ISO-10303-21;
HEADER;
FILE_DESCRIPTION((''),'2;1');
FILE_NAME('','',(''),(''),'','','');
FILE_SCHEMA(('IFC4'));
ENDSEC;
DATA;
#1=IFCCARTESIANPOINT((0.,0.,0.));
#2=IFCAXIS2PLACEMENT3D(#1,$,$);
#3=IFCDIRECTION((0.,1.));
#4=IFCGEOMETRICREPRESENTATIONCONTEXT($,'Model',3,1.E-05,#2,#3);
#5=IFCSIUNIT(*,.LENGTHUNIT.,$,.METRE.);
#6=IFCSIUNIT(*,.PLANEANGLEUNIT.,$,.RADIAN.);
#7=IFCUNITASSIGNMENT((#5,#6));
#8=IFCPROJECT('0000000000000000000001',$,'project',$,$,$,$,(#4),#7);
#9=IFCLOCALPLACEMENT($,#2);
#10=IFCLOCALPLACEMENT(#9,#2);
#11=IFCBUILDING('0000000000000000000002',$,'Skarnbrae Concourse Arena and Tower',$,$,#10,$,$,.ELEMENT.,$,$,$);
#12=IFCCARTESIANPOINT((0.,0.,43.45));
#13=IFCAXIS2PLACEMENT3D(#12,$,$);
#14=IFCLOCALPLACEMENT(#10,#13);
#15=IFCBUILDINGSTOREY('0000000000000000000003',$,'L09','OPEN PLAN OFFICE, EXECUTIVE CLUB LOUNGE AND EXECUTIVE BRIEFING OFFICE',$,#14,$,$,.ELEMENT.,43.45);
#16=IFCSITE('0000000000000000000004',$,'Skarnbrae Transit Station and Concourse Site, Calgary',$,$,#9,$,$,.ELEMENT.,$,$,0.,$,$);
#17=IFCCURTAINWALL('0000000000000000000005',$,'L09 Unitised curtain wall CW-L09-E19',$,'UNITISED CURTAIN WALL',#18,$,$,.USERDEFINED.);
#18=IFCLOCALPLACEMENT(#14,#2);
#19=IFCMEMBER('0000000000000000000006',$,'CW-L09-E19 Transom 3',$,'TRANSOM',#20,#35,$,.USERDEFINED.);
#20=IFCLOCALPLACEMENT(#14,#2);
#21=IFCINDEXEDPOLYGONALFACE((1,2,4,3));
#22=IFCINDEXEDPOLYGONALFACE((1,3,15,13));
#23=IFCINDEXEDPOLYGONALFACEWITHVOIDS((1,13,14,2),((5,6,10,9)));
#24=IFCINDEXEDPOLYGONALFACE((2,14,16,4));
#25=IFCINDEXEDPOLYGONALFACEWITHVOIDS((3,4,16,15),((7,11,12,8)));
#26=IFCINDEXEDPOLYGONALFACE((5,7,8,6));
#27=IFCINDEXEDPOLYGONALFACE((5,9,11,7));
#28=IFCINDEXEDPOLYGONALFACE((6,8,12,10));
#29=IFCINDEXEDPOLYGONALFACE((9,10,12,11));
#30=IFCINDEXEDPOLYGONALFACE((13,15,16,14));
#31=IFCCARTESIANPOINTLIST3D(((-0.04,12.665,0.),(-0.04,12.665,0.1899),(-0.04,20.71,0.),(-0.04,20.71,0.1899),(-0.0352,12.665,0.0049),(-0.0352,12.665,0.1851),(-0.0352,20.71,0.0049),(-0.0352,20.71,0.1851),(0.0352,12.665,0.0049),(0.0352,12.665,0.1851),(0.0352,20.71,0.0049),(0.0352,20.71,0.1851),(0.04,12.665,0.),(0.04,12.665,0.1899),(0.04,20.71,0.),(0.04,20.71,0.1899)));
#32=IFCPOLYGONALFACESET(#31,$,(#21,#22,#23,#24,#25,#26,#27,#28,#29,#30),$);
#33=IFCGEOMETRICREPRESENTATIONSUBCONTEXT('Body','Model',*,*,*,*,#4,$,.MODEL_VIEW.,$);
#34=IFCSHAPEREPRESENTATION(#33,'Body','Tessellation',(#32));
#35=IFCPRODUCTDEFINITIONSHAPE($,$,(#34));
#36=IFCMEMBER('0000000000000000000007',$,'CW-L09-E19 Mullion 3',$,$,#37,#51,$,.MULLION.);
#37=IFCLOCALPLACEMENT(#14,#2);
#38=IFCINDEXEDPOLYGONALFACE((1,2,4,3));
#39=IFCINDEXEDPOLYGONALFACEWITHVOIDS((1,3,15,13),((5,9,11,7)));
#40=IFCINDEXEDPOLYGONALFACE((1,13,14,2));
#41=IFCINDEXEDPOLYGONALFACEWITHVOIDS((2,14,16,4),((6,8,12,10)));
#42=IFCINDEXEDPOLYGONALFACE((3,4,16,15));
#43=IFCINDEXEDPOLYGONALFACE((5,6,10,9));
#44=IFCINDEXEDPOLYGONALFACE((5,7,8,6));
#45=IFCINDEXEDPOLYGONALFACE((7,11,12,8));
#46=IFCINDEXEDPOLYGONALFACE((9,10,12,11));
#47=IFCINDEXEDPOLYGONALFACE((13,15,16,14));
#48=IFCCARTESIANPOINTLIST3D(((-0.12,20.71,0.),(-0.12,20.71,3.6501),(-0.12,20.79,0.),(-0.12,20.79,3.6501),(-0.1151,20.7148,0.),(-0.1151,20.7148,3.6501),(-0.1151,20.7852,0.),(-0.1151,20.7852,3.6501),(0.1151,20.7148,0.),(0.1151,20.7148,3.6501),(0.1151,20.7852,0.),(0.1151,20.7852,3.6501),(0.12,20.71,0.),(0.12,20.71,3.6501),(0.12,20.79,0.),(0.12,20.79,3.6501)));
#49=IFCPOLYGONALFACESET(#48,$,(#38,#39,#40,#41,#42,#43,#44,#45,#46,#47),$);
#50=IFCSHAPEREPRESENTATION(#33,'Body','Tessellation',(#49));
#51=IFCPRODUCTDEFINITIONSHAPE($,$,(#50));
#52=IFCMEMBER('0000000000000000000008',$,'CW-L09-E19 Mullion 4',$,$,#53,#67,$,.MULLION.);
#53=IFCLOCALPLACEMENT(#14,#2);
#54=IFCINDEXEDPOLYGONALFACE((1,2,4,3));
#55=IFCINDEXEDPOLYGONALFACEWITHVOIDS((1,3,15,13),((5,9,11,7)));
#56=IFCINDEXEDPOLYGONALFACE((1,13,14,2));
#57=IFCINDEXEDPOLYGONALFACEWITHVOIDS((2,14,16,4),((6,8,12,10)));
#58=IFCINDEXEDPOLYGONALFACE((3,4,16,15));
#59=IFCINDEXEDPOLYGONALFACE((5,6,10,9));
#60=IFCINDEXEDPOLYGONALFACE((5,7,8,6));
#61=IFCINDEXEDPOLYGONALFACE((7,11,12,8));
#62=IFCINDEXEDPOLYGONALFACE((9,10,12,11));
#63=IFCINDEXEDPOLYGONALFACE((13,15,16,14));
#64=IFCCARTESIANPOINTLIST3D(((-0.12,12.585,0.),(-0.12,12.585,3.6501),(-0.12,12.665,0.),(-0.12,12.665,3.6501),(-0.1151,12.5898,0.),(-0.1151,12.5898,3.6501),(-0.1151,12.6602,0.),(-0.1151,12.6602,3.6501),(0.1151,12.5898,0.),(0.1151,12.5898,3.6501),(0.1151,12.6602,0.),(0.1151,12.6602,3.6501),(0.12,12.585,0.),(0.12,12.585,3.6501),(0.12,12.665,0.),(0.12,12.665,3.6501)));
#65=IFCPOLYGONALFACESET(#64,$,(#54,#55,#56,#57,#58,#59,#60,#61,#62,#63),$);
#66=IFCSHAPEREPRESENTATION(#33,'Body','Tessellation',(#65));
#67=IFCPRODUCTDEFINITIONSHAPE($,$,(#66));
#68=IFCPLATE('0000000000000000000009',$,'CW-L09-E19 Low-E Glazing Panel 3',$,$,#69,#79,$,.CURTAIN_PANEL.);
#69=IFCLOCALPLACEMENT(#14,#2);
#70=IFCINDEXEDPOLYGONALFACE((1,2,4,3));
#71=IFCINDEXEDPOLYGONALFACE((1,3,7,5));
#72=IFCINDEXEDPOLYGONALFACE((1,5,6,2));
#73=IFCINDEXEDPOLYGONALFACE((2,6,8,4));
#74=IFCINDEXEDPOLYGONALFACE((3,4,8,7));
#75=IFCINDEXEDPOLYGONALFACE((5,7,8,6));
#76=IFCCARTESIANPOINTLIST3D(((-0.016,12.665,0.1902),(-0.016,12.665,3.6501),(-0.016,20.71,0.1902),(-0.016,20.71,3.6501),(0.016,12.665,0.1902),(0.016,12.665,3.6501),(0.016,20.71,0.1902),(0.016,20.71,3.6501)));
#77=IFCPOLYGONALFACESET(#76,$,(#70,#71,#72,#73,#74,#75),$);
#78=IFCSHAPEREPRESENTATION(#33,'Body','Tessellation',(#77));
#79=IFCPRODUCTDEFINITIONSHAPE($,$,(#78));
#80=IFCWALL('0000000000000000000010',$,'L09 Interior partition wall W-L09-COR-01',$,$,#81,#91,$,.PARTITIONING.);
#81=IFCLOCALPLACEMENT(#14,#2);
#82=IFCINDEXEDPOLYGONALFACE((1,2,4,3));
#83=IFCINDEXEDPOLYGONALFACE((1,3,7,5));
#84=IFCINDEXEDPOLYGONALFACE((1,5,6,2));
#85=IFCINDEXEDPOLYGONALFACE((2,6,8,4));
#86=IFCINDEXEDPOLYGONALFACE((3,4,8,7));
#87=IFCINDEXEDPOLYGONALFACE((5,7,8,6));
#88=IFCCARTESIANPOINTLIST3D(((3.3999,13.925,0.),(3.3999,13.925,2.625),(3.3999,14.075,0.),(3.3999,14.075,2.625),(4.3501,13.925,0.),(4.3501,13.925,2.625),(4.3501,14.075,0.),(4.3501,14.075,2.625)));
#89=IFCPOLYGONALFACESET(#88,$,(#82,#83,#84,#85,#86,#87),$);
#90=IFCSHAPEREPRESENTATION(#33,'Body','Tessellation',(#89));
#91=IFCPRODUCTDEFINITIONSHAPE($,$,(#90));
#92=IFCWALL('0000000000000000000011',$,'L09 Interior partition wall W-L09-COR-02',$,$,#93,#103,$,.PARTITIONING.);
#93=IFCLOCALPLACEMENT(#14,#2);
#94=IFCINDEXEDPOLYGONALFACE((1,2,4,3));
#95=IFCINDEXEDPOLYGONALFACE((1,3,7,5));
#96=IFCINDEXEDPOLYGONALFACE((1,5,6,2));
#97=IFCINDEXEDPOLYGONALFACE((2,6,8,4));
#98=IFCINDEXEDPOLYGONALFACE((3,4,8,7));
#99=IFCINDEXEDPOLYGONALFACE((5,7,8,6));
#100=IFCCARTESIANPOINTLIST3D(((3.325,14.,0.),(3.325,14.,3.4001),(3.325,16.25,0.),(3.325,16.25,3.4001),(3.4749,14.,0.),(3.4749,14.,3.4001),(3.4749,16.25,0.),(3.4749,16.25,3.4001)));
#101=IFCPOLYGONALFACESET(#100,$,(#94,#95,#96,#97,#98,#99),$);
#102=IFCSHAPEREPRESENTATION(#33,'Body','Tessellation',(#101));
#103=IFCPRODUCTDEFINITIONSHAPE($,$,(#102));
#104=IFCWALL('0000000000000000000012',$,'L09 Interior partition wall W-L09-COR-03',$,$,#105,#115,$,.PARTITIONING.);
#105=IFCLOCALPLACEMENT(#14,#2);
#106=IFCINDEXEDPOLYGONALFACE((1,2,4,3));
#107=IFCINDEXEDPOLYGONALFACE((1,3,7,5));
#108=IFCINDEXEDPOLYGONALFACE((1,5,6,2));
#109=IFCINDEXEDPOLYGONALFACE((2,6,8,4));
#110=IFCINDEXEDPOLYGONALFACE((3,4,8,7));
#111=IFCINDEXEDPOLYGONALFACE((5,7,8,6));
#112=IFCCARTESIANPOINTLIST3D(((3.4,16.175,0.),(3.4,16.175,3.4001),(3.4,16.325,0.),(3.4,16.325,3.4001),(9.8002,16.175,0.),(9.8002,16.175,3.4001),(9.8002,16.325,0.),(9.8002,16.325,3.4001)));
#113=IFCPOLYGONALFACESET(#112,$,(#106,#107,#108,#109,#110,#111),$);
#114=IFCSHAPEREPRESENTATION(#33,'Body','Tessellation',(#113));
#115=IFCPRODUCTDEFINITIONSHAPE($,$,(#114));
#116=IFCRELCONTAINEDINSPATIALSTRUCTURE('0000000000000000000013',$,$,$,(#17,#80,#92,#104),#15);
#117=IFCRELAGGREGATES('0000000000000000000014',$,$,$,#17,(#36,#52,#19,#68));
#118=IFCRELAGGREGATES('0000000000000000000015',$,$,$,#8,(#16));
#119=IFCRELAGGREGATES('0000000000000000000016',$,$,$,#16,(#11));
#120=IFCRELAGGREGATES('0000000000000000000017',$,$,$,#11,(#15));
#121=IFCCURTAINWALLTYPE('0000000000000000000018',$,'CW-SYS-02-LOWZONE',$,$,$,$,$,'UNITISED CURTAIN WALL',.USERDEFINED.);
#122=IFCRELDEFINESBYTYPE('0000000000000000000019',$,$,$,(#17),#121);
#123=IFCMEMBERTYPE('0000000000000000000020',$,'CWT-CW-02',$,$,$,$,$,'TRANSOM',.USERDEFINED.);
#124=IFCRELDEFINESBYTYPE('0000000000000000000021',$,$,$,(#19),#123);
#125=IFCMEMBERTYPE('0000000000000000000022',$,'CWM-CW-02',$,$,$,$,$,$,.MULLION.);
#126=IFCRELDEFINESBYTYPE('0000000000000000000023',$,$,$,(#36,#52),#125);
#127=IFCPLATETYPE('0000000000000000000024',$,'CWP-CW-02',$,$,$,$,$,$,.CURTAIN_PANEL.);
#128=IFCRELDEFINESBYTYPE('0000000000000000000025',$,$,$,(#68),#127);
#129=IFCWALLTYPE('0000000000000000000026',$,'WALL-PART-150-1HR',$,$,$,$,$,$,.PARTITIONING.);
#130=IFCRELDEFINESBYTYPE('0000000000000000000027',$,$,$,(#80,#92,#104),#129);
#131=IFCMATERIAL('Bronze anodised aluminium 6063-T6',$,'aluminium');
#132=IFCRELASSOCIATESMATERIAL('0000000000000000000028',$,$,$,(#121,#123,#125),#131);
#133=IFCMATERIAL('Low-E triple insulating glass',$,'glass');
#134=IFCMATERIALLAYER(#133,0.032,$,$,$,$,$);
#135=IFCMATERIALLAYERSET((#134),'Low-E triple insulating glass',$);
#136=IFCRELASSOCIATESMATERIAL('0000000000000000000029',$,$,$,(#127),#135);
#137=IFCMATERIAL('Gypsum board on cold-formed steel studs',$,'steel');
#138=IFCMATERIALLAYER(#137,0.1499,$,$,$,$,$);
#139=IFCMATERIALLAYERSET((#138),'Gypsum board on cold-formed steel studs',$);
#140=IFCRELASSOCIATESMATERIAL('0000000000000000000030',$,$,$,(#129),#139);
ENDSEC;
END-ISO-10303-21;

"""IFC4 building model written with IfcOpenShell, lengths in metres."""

from ifc_helpers import new_model, si_unit, direction, frame, frame_2d, origin, origin_2d, place, context, subcontext, project, spatial, rectangle, hollow_rectangle, extrude, source, transform, mapped, material, layer, layer_set, material_profile, profile_set, type_object, element, aggregate, save


model = new_model("IFC4")

# Units and contexts
model_context = context("Model", 3, precision=1e-05, world=origin(), true_north=direction((0.0, 1.0)))
body_context = subcontext(model_context, "Body", "Model", "MODEL_VIEW")
ifc_project = project(units=[si_unit("LENGTHUNIT", "METRE"), si_unit("PLANEANGLEUNIT", "RADIAN")], contexts=[model_context])

# Site, building, storey
site_placement = place(None, origin())
site = spatial("IfcSite", under=ifc_project, at=site_placement, Name="Skarnbrae Transit Station and Concourse Site, Calgary", CompositionType="ELEMENT", RefElevation=0.0)
building_placement = place(site_placement, origin())
building = spatial("IfcBuilding", under=site, at=building_placement, Name="Skarnbrae Concourse Arena and Tower", CompositionType="ELEMENT")
storey_placement = place(building_placement, frame((0.0, 0.0, 43.45)))
storey = spatial("IfcBuildingStorey", under=building, at=storey_placement, Name="L09", Description="OPEN PLAN OFFICE, EXECUTIVE CLUB LOUNGE AND EXECUTIVE BRIEFING OFFICE", CompositionType="ELEMENT", Elevation=43.45)

# Curtain wall, members, plate
ifc_material_1 = material(Name="Bronze anodised aluminium 6063-T6", Category="aluminium")
curtain_wall_type = type_object("IfcCurtainWallType", Name="CW-SYS-02-LOWZONE", ElementType="UNITISED CURTAIN WALL", PredefinedType="USERDEFINED", material=ifc_material_1)
curtain_wall_placement = place(storey_placement, origin())
curtain_wall = element("IfcCurtainWall", 1, at=curtain_wall_placement, inside=storey, type_object=curtain_wall_type, Name="L09 Unitised curtain wall CW-L09-E19", ObjectType="UNITISED CURTAIN WALL", PredefinedType="USERDEFINED")
ifc_material_profile_1 = material_profile(ifc_material_1, hollow_rectangle(XDim=0.0801, YDim=0.1899, WallThickness=0.0049, at=origin_2d()), Name="ALU-TRAN-80X190")
ifc_profile_set_1 = profile_set([ifc_material_profile_1], Name="Bronze anodised aluminium 6063-T6")
member_type_1 = type_object("IfcMemberType", Name="CWT-CW-02", ElementType="TRANSOM", PredefinedType="USERDEFINED", material=ifc_profile_set_1)
shared_shape_1 = source(origin(), body_context, "Body", "SweptSolid", [
    extrude(hollow_rectangle(XDim=0.0801, YDim=0.1899, WallThickness=0.0049, at=origin_2d()), origin(), (0.0, 0.0, 1.0), 8.0449),
])
member_1_placement = place(storey_placement, frame((0.0, 20.71, 0.095), z_axis=(0.0, -1.0, 0.0), x_axis=(1.0, 0.0, 0.0)))
member_1 = element("IfcMember", 2, at=member_1_placement, type_object=member_type_1, Name="CW-L09-E19 Transom 3", ObjectType="TRANSOM", PredefinedType="USERDEFINED", context=body_context, shape_type="MappedRepresentation", body=[
    mapped(shared_shape_1, transform((0.0, 0.0, 0.0))),
])
ifc_material_profile_2 = material_profile(ifc_material_1, hollow_rectangle(XDim=0.0801, YDim=0.24, WallThickness=0.0049, at=origin_2d()), Name="ALU-MULL-80X240")
ifc_profile_set_2 = profile_set([ifc_material_profile_2], Name="Bronze anodised aluminium 6063-T6")
member_type_2 = type_object("IfcMemberType", Name="CWM-CW-02", PredefinedType="MULLION", material=ifc_profile_set_2)
shared_shape_2 = source(origin(), body_context, "Body", "SweptSolid", [
    extrude(hollow_rectangle(XDim=0.0801, YDim=0.24, WallThickness=0.0049, at=origin_2d()), origin(), (0.0, 0.0, 1.0), 3.6501),
])
member_2_placement = place(storey_placement, frame((0.0, 20.75, 0.0), z_axis=(0.0, 0.0, 1.0), x_axis=(0.0, -1.0, 0.0)))
member_2 = element("IfcMember", 3, at=member_2_placement, type_object=member_type_2, Name="CW-L09-E19 Mullion 3", PredefinedType="MULLION", context=body_context, shape_type="MappedRepresentation", body=[
    mapped(shared_shape_2, transform((0.0, 0.0, 0.0))),
])
member_3_placement = place(storey_placement, frame((0.0, 12.625, 0.0), z_axis=(0.0, 0.0, 1.0), x_axis=(0.0, -1.0, 0.0)))
member_3 = element("IfcMember", 4, at=member_3_placement, type_object=member_type_2, Name="CW-L09-E19 Mullion 4", PredefinedType="MULLION", context=body_context, shape_type="MappedRepresentation", body=[
    mapped(shared_shape_2, transform((0.0, 0.0, 0.0))),
])
ifc_material_2 = material(Name="Low-E triple insulating glass", Category="glass")
ifc_layer_1 = layer(ifc_material_2, 0.032)
ifc_layer_set_1 = layer_set([ifc_layer_1], Name="Low-E triple insulating glass")
plate_type = type_object("IfcPlateType", Name="CWP-CW-02", PredefinedType="CURTAIN_PANEL", material=ifc_layer_set_1)
shared_shape_3 = source(origin(), body_context, "Body", "SweptSolid", [
    extrude(rectangle(XDim=8.0449, YDim=0.032, at=origin_2d()), origin(), (0.0, 0.0, 1.0), 3.46),
])
plate_placement = place(storey_placement, frame((0.0, 16.6875, 0.1902), z_axis=(0.0, 0.0, 1.0), x_axis=(0.0, -1.0, 0.0)))
plate = element("IfcPlate", 5, at=plate_placement, type_object=plate_type, Name="CW-L09-E19 Low-E Glazing Panel 3", PredefinedType="CURTAIN_PANEL", context=body_context, shape_type="MappedRepresentation", body=[
    mapped(shared_shape_3, transform((0.0, 0.0, 0.0))),
])
aggregate(curtain_wall, [member_2, member_3, member_1, plate])

# Walls
ifc_material_3 = material(Name="Gypsum board on cold-formed steel studs", Category="steel")
ifc_layer_2 = layer(ifc_material_3, 0.1499)
ifc_layer_set_2 = layer_set([ifc_layer_2], Name="Gypsum board on cold-formed steel studs")
wall_type_1 = type_object("IfcWallType", Name="WALL-PART-150-1HR", PredefinedType="PARTITIONING", material=ifc_layer_set_2)
shared_shape_4 = source(origin(), body_context, "Body", "SweptSolid", [
    extrude(rectangle(XDim=0.9502, YDim=0.1499, at=frame_2d((0.4751, 0.0))), origin(), (0.0, 0.0, 1.0), 2.625),
])
wall_1_placement = place(storey_placement, frame((4.3501, 14.0, 0.0), z_axis=(0.0, 0.0, 1.0), x_axis=(-1.0, 0.0, 0.0)))
element("IfcWall", 6, at=wall_1_placement, inside=storey, type_object=wall_type_1, Name="L09 Interior partition wall W-L09-COR-01", PredefinedType="PARTITIONING", context=body_context, shape_type="MappedRepresentation", body=[
    mapped(shared_shape_4, transform((0.0, 0.0, 0.0))),
])
shared_shape_5 = source(origin(), body_context, "Body", "SweptSolid", [
    extrude(rectangle(XDim=2.25, YDim=0.1499, at=frame_2d((1.125, 0.0))), origin(), (0.0, 0.0, 1.0), 3.4001),
])
wall_2_placement = place(storey_placement, frame((3.3999, 14.0, 0.0), z_axis=(0.0, 0.0, 1.0), x_axis=(0.0, 1.0, 0.0)))
element("IfcWall", 7, at=wall_2_placement, inside=storey, type_object=wall_type_1, Name="L09 Interior partition wall W-L09-COR-02", PredefinedType="PARTITIONING", context=body_context, shape_type="MappedRepresentation", body=[
    mapped(shared_shape_5, transform((0.0, 0.0, 0.0))),
])
shared_shape_6 = source(origin(), body_context, "Body", "SweptSolid", [
    extrude(rectangle(XDim=6.4001, YDim=0.1499, at=frame_2d((3.2002, 0.0))), origin(), (0.0, 0.0, 1.0), 3.4001),
])
wall_3_placement = place(storey_placement, frame((3.3999, 16.25, 0.0), z_axis=(0.0, 0.0, 1.0), x_axis=(1.0, 0.0, 0.0)))
element("IfcWall", 8, at=wall_3_placement, inside=storey, type_object=wall_type_1, Name="L09 Interior partition wall W-L09-COR-03", PredefinedType="PARTITIONING", context=body_context, shape_type="MappedRepresentation", body=[
    mapped(shared_shape_6, transform((0.0, 0.0, 0.0))),
])

save(model, "model.ifc")
